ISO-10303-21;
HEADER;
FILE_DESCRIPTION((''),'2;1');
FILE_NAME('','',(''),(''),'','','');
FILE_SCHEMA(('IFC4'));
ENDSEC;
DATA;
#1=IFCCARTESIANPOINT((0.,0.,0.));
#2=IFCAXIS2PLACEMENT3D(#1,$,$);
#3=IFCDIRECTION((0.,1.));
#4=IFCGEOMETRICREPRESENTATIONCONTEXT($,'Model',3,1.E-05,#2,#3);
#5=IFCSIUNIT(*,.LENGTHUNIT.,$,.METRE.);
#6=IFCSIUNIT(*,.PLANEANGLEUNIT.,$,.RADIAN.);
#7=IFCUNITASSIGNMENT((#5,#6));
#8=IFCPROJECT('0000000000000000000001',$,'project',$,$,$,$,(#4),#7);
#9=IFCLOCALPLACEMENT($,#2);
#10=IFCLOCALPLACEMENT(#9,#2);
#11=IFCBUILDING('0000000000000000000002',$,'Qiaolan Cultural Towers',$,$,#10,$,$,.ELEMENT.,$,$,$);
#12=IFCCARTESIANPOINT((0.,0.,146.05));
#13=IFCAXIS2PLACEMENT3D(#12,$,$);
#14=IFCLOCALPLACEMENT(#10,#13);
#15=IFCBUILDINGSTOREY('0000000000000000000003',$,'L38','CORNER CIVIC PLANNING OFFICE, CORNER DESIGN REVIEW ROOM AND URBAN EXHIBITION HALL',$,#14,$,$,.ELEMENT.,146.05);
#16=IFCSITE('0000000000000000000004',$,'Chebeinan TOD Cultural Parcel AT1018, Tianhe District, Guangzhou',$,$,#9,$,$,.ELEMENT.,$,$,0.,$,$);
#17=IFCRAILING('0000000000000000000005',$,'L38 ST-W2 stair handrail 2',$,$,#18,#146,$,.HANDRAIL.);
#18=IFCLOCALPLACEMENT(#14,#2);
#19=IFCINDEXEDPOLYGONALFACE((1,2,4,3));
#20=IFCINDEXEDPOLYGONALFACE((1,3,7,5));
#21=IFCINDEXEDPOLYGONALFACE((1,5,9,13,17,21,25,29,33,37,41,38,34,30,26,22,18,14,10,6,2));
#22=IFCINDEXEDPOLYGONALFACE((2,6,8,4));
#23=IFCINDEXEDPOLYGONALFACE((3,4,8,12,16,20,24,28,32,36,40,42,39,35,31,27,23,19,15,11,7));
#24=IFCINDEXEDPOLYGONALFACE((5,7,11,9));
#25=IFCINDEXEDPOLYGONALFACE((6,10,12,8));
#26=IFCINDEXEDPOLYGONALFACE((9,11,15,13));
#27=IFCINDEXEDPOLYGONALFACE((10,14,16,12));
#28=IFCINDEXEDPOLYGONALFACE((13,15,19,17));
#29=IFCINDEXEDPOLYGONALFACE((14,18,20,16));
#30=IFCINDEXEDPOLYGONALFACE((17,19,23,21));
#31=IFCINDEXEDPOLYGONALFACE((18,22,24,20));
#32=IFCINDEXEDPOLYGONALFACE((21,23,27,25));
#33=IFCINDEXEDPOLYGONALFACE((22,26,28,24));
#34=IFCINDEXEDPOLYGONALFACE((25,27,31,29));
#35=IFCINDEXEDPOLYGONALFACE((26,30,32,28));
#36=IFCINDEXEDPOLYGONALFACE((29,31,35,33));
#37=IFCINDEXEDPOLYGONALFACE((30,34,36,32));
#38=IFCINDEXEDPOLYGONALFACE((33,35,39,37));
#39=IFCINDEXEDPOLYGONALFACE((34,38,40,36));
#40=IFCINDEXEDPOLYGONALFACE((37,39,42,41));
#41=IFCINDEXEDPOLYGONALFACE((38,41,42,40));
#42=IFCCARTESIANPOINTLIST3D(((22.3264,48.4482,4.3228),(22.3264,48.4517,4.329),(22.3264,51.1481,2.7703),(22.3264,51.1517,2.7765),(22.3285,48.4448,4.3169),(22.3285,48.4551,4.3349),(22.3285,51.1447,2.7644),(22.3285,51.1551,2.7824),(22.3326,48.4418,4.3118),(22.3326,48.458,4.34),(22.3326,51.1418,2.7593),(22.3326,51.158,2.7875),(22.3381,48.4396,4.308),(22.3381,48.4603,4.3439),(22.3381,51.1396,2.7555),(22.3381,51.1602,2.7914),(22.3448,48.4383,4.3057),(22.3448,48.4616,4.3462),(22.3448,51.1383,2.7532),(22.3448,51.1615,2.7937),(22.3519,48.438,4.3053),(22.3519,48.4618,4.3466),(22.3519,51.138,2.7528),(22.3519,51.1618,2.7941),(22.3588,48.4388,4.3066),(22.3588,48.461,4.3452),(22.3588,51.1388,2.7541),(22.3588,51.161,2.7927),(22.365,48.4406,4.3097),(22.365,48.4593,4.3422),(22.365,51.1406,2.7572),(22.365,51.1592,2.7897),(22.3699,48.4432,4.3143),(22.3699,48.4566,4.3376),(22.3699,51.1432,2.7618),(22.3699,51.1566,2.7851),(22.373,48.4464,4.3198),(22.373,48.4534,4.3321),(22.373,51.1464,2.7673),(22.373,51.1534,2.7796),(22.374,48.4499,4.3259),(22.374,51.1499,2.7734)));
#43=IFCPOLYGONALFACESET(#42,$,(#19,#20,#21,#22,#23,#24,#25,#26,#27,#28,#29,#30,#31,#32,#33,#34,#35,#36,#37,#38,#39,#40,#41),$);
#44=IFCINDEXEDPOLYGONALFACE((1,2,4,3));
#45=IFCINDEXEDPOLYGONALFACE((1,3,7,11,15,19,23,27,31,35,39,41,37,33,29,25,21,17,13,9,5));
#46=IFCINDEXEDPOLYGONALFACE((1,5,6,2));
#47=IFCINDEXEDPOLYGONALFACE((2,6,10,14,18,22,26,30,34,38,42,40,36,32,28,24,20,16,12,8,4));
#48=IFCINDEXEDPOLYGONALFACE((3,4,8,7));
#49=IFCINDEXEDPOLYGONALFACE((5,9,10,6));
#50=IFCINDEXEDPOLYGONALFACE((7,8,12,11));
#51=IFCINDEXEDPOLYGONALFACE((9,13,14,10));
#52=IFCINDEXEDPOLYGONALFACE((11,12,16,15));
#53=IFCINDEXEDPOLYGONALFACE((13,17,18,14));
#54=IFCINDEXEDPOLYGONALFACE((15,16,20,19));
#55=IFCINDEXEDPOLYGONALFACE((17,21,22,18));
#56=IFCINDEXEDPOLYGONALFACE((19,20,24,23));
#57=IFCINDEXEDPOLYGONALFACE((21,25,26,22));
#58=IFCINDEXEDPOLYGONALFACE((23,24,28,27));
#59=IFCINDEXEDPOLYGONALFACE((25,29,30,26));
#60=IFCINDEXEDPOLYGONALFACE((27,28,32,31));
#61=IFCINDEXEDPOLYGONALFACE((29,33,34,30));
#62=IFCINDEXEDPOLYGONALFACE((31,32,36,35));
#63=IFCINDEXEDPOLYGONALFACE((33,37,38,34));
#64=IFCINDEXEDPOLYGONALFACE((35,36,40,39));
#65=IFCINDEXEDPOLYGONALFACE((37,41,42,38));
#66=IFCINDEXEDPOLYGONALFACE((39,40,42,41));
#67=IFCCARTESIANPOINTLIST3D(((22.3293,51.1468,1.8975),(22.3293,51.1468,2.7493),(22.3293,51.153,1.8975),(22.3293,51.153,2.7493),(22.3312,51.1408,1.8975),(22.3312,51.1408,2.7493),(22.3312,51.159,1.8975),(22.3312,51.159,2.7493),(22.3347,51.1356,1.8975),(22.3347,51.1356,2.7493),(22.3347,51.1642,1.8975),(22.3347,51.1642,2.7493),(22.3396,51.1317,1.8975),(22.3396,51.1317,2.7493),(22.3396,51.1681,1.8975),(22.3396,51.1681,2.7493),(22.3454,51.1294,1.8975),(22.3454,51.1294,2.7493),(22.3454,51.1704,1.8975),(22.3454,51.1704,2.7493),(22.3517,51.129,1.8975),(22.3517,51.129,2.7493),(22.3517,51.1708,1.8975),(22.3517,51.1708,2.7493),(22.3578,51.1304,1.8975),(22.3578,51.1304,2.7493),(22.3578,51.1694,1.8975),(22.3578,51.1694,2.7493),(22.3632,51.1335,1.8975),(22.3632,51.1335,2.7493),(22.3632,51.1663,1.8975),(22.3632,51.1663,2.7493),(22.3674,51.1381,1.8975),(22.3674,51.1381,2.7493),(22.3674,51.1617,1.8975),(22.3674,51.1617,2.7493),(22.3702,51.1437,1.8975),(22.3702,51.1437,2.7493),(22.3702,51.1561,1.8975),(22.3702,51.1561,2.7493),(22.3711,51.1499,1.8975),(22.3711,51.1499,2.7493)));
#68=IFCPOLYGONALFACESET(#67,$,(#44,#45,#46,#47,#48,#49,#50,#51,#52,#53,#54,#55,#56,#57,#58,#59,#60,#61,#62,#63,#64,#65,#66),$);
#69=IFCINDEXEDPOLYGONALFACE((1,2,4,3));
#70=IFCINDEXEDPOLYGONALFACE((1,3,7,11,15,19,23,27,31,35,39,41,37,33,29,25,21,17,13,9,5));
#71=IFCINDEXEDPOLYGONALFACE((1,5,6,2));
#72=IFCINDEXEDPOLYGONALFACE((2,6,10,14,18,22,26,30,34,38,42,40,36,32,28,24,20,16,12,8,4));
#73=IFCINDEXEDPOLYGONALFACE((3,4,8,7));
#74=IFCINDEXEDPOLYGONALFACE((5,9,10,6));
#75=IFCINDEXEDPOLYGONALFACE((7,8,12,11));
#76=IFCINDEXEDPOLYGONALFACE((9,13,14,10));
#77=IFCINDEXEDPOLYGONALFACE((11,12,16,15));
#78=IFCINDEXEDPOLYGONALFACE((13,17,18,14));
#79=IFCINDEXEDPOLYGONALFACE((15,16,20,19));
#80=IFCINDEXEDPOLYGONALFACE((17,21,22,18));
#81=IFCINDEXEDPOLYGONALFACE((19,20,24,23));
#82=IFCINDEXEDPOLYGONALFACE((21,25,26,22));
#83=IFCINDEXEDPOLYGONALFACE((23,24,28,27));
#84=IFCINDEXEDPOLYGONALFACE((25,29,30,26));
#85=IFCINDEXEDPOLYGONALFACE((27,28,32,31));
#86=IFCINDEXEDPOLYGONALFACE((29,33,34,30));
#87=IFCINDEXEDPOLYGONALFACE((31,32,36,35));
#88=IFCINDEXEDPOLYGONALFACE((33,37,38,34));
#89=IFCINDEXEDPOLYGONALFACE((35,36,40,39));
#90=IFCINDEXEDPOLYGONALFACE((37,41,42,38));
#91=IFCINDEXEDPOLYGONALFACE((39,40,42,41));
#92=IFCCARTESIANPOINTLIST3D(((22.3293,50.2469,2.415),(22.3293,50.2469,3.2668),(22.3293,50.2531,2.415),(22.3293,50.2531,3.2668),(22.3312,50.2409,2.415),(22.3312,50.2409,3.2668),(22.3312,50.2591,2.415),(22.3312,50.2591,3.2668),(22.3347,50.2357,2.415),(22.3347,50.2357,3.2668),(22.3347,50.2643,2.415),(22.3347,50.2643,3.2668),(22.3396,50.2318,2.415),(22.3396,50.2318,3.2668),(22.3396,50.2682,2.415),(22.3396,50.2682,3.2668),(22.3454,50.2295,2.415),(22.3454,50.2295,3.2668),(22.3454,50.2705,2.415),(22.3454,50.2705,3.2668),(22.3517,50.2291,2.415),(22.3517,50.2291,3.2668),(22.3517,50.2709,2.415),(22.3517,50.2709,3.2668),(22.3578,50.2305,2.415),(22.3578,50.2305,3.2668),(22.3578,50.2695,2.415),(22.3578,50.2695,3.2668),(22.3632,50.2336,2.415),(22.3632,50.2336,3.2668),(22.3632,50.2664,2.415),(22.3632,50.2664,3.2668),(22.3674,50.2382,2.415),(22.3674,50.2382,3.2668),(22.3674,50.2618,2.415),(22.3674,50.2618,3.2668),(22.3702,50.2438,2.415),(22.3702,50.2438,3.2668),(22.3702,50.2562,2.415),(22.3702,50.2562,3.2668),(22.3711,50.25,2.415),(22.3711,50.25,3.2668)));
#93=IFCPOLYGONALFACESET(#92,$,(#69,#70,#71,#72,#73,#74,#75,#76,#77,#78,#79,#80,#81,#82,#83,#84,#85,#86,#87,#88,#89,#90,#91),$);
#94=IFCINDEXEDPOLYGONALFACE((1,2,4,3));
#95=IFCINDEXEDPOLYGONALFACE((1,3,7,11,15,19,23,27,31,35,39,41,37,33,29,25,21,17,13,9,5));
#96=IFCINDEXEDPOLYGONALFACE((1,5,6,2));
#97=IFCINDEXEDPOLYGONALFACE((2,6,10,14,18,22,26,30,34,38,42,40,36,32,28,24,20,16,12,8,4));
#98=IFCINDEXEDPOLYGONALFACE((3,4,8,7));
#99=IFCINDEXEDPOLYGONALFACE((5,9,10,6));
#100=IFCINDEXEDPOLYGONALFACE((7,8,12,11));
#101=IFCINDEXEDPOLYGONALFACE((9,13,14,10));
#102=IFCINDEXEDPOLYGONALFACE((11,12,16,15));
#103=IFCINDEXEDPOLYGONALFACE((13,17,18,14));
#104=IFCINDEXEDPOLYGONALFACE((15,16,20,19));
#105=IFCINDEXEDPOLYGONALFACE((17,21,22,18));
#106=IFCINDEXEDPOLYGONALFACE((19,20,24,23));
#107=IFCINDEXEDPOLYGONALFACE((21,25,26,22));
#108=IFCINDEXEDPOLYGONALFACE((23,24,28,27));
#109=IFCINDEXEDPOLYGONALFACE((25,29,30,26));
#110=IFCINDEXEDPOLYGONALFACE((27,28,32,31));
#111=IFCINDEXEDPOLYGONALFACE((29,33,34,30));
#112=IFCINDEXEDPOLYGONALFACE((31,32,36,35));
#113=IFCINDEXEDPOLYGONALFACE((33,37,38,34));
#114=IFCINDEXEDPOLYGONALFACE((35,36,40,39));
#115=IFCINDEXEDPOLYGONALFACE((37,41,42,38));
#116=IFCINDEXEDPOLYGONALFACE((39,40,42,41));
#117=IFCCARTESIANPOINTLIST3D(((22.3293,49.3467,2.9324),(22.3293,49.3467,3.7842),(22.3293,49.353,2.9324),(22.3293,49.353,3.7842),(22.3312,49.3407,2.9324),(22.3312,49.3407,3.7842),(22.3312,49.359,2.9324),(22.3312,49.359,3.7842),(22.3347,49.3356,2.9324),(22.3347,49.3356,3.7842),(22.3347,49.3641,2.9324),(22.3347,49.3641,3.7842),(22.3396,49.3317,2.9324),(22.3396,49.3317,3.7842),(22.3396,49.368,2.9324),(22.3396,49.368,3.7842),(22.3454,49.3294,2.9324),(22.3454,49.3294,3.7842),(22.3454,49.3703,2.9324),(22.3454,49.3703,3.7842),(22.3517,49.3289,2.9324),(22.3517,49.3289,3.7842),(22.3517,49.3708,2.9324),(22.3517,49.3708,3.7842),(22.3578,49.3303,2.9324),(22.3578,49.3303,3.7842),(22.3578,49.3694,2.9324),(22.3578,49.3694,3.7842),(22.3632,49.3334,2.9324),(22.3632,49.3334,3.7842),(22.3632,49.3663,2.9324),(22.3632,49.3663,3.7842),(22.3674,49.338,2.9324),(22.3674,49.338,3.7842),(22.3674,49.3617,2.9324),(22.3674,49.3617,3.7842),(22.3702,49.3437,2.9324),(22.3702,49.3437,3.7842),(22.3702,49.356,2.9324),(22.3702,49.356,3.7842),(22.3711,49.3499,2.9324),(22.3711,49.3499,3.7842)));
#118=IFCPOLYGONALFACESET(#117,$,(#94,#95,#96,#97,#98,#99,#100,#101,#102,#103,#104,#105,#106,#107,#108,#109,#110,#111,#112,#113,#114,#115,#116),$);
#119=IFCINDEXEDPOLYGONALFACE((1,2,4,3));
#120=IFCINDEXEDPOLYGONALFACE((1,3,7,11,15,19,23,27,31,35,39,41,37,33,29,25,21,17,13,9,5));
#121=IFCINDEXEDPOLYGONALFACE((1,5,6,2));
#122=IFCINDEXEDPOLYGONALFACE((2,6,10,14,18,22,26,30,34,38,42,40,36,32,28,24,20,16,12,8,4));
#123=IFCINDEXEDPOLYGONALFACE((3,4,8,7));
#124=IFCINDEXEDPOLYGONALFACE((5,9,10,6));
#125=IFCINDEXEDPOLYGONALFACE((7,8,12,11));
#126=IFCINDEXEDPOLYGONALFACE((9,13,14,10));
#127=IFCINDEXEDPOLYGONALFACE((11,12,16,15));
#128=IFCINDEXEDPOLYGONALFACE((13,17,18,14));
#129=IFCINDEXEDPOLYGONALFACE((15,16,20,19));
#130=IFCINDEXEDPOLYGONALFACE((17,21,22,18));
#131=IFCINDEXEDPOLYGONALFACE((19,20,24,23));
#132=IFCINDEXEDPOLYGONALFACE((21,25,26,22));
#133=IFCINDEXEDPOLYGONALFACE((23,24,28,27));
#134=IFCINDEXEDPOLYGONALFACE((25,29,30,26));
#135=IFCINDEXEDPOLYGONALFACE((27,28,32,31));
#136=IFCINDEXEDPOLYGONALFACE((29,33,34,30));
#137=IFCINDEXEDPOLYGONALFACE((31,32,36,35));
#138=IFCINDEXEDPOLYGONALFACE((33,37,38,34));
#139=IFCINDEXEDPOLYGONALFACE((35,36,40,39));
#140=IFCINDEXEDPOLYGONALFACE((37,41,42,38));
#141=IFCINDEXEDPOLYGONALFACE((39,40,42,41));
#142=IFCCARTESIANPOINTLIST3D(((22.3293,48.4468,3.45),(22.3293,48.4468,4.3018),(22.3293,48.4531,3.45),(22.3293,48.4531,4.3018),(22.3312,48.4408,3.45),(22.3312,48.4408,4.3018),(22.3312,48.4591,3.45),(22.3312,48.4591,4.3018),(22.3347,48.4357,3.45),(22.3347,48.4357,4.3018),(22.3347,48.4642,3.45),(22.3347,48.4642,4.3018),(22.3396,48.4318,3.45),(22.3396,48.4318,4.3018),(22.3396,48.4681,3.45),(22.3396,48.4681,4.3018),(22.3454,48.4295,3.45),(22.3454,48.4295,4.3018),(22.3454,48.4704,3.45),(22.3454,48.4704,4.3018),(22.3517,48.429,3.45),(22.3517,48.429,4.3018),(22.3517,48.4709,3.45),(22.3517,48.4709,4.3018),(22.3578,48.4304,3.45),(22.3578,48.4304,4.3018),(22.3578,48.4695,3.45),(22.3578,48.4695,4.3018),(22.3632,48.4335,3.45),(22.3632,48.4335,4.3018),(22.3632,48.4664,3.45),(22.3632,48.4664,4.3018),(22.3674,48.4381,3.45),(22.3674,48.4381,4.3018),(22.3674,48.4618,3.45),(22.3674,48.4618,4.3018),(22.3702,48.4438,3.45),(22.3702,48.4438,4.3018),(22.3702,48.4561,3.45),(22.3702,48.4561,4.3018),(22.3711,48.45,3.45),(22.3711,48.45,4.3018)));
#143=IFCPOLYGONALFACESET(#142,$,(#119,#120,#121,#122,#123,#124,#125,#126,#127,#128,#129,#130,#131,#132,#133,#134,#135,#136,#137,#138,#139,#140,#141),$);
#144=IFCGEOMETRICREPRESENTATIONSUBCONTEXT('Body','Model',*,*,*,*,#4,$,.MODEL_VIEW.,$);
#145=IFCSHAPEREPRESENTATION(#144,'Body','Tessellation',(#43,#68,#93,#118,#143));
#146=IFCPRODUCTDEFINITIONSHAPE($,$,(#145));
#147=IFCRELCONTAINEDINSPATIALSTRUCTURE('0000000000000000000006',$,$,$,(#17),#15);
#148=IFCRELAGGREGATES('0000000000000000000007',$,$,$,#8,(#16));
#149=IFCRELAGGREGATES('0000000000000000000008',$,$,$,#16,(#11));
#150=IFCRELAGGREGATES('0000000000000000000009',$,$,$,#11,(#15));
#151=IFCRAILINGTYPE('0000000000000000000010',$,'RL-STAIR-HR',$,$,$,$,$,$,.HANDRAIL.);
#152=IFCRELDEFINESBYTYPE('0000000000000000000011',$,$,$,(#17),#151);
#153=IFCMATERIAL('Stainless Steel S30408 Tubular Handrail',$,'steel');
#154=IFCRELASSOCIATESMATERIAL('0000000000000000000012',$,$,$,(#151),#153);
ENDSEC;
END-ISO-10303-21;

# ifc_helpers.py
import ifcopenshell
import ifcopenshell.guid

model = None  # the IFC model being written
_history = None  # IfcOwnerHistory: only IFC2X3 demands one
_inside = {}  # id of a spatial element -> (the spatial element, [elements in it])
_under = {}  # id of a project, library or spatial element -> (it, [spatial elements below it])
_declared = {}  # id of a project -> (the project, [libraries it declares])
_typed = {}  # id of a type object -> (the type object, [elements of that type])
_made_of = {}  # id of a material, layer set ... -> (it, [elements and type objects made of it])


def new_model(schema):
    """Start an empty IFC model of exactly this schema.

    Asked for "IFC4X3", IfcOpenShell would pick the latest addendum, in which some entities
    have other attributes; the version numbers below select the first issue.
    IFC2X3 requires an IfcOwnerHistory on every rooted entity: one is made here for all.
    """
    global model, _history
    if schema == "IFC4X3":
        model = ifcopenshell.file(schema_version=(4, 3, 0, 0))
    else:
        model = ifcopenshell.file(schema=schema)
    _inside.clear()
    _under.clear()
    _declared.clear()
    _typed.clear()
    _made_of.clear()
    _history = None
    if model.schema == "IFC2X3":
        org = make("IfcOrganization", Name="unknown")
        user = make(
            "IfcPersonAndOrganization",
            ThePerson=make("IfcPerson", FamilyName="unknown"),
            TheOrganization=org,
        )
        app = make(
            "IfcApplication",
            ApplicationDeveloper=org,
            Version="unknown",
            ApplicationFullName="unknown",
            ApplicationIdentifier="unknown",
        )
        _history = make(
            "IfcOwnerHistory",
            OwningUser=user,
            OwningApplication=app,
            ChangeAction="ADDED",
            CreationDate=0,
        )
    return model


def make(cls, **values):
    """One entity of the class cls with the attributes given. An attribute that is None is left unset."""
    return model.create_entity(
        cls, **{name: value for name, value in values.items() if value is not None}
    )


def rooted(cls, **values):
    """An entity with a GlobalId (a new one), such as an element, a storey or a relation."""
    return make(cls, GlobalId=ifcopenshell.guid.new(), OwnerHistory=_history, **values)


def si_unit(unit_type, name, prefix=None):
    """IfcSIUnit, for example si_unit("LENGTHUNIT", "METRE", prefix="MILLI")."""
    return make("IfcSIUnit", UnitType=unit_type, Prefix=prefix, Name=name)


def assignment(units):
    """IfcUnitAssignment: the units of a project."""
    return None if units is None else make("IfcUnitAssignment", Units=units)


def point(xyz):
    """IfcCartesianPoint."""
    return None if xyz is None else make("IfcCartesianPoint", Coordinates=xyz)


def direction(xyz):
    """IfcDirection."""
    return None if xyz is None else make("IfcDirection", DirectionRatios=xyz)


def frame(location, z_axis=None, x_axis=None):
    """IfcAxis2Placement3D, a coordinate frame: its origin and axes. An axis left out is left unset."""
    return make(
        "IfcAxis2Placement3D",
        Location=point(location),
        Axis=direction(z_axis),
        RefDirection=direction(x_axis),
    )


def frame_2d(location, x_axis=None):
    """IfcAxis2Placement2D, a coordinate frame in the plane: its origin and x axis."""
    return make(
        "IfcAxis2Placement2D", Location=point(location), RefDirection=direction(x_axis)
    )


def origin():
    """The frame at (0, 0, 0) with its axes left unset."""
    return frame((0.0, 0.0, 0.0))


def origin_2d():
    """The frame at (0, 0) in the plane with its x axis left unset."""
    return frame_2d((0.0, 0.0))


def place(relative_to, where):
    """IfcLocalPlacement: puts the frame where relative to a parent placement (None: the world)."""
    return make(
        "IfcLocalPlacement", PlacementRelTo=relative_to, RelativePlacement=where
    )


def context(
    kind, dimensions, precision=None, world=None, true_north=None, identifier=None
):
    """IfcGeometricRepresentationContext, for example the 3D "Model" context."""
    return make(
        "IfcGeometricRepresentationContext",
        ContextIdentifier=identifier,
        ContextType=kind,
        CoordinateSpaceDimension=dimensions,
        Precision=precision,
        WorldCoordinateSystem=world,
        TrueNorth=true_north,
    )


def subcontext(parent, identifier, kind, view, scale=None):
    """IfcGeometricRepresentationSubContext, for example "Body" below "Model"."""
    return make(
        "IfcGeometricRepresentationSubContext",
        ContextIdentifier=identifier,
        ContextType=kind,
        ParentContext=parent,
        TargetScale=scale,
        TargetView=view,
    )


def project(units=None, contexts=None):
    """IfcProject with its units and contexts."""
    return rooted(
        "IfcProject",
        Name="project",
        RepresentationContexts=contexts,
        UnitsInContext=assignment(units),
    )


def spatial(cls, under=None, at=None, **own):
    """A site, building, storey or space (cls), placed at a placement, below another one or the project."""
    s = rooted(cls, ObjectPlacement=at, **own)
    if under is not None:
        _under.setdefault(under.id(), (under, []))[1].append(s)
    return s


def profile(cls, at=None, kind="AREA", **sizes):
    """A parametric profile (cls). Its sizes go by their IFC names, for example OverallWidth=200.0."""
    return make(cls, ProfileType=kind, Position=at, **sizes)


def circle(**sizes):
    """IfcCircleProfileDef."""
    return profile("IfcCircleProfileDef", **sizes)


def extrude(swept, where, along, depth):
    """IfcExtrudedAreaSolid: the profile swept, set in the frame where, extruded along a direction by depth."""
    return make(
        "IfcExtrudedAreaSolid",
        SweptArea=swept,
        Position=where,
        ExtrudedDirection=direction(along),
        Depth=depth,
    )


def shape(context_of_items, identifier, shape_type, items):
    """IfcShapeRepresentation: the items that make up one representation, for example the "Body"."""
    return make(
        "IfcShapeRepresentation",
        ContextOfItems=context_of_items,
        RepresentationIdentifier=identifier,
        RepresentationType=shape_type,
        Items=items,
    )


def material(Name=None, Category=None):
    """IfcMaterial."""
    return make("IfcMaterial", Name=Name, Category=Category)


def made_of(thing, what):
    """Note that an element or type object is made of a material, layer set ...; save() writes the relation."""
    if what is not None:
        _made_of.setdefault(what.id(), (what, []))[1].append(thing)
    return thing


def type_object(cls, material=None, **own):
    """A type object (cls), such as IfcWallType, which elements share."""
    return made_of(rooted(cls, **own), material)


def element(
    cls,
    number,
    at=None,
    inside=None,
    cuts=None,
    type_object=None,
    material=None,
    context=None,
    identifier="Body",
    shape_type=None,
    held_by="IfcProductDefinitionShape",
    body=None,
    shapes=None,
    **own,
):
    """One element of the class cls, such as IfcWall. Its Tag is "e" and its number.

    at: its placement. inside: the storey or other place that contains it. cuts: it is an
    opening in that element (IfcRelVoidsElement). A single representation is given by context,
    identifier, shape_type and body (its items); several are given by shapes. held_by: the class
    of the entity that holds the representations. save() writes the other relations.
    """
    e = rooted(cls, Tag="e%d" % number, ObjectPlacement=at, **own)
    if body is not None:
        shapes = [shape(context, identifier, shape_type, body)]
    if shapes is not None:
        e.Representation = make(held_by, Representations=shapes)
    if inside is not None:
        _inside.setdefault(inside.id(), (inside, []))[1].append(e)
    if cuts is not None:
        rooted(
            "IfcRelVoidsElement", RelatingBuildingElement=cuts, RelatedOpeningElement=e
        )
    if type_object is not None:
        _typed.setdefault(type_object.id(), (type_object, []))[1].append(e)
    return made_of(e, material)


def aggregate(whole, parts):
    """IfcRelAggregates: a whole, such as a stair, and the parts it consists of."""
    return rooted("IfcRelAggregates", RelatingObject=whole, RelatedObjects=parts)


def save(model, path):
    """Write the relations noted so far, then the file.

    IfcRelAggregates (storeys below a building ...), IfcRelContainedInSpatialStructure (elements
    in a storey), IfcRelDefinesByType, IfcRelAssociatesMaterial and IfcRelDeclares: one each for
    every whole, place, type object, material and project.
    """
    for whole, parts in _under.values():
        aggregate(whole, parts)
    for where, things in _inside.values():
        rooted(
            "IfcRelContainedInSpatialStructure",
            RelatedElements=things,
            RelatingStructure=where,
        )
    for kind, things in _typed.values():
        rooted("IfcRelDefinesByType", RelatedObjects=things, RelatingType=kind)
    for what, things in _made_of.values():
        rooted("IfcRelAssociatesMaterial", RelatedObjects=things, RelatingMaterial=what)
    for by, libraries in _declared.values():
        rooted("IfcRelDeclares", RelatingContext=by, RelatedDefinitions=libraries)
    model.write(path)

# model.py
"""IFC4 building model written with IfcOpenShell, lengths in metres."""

from ifc_helpers import new_model, si_unit, direction, frame, origin, origin_2d, place, context, subcontext, project, spatial, circle, extrude, material, type_object, element, save


model = new_model("IFC4")

# Units and contexts
model_context = context("Model", 3, precision=1e-05, world=origin(), true_north=direction((0.0, 1.0)))
body_context = subcontext(model_context, "Body", "Model", "MODEL_VIEW")
ifc_project = project(units=[si_unit("LENGTHUNIT", "METRE"), si_unit("PLANEANGLEUNIT", "RADIAN")], contexts=[model_context])

# Site, building, storey
site_placement = place(None, origin())
site = spatial("IfcSite", under=ifc_project, at=site_placement, Name="Chebeinan TOD Cultural Parcel AT1018, Tianhe District, Guangzhou", CompositionType="ELEMENT", RefElevation=0.0)
building_placement = place(site_placement, origin())
building = spatial("IfcBuilding", under=site, at=building_placement, Name="Qiaolan Cultural Towers", CompositionType="ELEMENT")
storey_placement = place(building_placement, frame((0.0, 0.0, 146.05)))
storey = spatial("IfcBuildingStorey", under=building, at=storey_placement, Name="L38", Description="CORNER CIVIC PLANNING OFFICE, CORNER DESIGN REVIEW ROOM AND URBAN EXHIBITION HALL", CompositionType="ELEMENT", Elevation=146.05)

# Railing
ifc_material_1 = material(Name="Stainless Steel S30408 Tubular Handrail", Category="steel")
railing_type_1 = type_object("IfcRailingType", Name="RL-STAIR-HR", PredefinedType="HANDRAIL", material=ifc_material_1)
railing_1_placement = place(storey_placement, frame((22.3501, 51.1499, 1.8975)))
element("IfcRailing", 1, at=railing_1_placement, inside=storey, type_object=railing_type_1, Name="L38 ST-W2 stair handrail 2", PredefinedType="HANDRAIL", context=body_context, shape_type="SweptSolid", body=[
    extrude(circle(Radius=0.0239, at=origin_2d()), frame((0.0, 0.0, 0.876), z_axis=(0.0, -0.866904, 0.498476), x_axis=(1.0, 0.0, 0.0)), (0.0, 0.0, 1.0), 3.1145),
    extrude(circle(Radius=0.021, at=origin_2d()), origin(), (0.0, 0.0, 1.0), 0.8518),
    extrude(circle(Radius=0.021, at=origin_2d()), frame((0.0, -0.8999, 0.5176)), (0.0, 0.0, 1.0), 0.8518),
    extrude(circle(Radius=0.021, at=origin_2d()), frame((0.0, -1.8, 1.0349)), (0.0, 0.0, 1.0), 0.8518),
    extrude(circle(Radius=0.021, at=origin_2d()), frame((0.0, -2.7, 1.5525)), (0.0, 0.0, 1.0), 0.8518),
])

save(model, "model.ifc")
